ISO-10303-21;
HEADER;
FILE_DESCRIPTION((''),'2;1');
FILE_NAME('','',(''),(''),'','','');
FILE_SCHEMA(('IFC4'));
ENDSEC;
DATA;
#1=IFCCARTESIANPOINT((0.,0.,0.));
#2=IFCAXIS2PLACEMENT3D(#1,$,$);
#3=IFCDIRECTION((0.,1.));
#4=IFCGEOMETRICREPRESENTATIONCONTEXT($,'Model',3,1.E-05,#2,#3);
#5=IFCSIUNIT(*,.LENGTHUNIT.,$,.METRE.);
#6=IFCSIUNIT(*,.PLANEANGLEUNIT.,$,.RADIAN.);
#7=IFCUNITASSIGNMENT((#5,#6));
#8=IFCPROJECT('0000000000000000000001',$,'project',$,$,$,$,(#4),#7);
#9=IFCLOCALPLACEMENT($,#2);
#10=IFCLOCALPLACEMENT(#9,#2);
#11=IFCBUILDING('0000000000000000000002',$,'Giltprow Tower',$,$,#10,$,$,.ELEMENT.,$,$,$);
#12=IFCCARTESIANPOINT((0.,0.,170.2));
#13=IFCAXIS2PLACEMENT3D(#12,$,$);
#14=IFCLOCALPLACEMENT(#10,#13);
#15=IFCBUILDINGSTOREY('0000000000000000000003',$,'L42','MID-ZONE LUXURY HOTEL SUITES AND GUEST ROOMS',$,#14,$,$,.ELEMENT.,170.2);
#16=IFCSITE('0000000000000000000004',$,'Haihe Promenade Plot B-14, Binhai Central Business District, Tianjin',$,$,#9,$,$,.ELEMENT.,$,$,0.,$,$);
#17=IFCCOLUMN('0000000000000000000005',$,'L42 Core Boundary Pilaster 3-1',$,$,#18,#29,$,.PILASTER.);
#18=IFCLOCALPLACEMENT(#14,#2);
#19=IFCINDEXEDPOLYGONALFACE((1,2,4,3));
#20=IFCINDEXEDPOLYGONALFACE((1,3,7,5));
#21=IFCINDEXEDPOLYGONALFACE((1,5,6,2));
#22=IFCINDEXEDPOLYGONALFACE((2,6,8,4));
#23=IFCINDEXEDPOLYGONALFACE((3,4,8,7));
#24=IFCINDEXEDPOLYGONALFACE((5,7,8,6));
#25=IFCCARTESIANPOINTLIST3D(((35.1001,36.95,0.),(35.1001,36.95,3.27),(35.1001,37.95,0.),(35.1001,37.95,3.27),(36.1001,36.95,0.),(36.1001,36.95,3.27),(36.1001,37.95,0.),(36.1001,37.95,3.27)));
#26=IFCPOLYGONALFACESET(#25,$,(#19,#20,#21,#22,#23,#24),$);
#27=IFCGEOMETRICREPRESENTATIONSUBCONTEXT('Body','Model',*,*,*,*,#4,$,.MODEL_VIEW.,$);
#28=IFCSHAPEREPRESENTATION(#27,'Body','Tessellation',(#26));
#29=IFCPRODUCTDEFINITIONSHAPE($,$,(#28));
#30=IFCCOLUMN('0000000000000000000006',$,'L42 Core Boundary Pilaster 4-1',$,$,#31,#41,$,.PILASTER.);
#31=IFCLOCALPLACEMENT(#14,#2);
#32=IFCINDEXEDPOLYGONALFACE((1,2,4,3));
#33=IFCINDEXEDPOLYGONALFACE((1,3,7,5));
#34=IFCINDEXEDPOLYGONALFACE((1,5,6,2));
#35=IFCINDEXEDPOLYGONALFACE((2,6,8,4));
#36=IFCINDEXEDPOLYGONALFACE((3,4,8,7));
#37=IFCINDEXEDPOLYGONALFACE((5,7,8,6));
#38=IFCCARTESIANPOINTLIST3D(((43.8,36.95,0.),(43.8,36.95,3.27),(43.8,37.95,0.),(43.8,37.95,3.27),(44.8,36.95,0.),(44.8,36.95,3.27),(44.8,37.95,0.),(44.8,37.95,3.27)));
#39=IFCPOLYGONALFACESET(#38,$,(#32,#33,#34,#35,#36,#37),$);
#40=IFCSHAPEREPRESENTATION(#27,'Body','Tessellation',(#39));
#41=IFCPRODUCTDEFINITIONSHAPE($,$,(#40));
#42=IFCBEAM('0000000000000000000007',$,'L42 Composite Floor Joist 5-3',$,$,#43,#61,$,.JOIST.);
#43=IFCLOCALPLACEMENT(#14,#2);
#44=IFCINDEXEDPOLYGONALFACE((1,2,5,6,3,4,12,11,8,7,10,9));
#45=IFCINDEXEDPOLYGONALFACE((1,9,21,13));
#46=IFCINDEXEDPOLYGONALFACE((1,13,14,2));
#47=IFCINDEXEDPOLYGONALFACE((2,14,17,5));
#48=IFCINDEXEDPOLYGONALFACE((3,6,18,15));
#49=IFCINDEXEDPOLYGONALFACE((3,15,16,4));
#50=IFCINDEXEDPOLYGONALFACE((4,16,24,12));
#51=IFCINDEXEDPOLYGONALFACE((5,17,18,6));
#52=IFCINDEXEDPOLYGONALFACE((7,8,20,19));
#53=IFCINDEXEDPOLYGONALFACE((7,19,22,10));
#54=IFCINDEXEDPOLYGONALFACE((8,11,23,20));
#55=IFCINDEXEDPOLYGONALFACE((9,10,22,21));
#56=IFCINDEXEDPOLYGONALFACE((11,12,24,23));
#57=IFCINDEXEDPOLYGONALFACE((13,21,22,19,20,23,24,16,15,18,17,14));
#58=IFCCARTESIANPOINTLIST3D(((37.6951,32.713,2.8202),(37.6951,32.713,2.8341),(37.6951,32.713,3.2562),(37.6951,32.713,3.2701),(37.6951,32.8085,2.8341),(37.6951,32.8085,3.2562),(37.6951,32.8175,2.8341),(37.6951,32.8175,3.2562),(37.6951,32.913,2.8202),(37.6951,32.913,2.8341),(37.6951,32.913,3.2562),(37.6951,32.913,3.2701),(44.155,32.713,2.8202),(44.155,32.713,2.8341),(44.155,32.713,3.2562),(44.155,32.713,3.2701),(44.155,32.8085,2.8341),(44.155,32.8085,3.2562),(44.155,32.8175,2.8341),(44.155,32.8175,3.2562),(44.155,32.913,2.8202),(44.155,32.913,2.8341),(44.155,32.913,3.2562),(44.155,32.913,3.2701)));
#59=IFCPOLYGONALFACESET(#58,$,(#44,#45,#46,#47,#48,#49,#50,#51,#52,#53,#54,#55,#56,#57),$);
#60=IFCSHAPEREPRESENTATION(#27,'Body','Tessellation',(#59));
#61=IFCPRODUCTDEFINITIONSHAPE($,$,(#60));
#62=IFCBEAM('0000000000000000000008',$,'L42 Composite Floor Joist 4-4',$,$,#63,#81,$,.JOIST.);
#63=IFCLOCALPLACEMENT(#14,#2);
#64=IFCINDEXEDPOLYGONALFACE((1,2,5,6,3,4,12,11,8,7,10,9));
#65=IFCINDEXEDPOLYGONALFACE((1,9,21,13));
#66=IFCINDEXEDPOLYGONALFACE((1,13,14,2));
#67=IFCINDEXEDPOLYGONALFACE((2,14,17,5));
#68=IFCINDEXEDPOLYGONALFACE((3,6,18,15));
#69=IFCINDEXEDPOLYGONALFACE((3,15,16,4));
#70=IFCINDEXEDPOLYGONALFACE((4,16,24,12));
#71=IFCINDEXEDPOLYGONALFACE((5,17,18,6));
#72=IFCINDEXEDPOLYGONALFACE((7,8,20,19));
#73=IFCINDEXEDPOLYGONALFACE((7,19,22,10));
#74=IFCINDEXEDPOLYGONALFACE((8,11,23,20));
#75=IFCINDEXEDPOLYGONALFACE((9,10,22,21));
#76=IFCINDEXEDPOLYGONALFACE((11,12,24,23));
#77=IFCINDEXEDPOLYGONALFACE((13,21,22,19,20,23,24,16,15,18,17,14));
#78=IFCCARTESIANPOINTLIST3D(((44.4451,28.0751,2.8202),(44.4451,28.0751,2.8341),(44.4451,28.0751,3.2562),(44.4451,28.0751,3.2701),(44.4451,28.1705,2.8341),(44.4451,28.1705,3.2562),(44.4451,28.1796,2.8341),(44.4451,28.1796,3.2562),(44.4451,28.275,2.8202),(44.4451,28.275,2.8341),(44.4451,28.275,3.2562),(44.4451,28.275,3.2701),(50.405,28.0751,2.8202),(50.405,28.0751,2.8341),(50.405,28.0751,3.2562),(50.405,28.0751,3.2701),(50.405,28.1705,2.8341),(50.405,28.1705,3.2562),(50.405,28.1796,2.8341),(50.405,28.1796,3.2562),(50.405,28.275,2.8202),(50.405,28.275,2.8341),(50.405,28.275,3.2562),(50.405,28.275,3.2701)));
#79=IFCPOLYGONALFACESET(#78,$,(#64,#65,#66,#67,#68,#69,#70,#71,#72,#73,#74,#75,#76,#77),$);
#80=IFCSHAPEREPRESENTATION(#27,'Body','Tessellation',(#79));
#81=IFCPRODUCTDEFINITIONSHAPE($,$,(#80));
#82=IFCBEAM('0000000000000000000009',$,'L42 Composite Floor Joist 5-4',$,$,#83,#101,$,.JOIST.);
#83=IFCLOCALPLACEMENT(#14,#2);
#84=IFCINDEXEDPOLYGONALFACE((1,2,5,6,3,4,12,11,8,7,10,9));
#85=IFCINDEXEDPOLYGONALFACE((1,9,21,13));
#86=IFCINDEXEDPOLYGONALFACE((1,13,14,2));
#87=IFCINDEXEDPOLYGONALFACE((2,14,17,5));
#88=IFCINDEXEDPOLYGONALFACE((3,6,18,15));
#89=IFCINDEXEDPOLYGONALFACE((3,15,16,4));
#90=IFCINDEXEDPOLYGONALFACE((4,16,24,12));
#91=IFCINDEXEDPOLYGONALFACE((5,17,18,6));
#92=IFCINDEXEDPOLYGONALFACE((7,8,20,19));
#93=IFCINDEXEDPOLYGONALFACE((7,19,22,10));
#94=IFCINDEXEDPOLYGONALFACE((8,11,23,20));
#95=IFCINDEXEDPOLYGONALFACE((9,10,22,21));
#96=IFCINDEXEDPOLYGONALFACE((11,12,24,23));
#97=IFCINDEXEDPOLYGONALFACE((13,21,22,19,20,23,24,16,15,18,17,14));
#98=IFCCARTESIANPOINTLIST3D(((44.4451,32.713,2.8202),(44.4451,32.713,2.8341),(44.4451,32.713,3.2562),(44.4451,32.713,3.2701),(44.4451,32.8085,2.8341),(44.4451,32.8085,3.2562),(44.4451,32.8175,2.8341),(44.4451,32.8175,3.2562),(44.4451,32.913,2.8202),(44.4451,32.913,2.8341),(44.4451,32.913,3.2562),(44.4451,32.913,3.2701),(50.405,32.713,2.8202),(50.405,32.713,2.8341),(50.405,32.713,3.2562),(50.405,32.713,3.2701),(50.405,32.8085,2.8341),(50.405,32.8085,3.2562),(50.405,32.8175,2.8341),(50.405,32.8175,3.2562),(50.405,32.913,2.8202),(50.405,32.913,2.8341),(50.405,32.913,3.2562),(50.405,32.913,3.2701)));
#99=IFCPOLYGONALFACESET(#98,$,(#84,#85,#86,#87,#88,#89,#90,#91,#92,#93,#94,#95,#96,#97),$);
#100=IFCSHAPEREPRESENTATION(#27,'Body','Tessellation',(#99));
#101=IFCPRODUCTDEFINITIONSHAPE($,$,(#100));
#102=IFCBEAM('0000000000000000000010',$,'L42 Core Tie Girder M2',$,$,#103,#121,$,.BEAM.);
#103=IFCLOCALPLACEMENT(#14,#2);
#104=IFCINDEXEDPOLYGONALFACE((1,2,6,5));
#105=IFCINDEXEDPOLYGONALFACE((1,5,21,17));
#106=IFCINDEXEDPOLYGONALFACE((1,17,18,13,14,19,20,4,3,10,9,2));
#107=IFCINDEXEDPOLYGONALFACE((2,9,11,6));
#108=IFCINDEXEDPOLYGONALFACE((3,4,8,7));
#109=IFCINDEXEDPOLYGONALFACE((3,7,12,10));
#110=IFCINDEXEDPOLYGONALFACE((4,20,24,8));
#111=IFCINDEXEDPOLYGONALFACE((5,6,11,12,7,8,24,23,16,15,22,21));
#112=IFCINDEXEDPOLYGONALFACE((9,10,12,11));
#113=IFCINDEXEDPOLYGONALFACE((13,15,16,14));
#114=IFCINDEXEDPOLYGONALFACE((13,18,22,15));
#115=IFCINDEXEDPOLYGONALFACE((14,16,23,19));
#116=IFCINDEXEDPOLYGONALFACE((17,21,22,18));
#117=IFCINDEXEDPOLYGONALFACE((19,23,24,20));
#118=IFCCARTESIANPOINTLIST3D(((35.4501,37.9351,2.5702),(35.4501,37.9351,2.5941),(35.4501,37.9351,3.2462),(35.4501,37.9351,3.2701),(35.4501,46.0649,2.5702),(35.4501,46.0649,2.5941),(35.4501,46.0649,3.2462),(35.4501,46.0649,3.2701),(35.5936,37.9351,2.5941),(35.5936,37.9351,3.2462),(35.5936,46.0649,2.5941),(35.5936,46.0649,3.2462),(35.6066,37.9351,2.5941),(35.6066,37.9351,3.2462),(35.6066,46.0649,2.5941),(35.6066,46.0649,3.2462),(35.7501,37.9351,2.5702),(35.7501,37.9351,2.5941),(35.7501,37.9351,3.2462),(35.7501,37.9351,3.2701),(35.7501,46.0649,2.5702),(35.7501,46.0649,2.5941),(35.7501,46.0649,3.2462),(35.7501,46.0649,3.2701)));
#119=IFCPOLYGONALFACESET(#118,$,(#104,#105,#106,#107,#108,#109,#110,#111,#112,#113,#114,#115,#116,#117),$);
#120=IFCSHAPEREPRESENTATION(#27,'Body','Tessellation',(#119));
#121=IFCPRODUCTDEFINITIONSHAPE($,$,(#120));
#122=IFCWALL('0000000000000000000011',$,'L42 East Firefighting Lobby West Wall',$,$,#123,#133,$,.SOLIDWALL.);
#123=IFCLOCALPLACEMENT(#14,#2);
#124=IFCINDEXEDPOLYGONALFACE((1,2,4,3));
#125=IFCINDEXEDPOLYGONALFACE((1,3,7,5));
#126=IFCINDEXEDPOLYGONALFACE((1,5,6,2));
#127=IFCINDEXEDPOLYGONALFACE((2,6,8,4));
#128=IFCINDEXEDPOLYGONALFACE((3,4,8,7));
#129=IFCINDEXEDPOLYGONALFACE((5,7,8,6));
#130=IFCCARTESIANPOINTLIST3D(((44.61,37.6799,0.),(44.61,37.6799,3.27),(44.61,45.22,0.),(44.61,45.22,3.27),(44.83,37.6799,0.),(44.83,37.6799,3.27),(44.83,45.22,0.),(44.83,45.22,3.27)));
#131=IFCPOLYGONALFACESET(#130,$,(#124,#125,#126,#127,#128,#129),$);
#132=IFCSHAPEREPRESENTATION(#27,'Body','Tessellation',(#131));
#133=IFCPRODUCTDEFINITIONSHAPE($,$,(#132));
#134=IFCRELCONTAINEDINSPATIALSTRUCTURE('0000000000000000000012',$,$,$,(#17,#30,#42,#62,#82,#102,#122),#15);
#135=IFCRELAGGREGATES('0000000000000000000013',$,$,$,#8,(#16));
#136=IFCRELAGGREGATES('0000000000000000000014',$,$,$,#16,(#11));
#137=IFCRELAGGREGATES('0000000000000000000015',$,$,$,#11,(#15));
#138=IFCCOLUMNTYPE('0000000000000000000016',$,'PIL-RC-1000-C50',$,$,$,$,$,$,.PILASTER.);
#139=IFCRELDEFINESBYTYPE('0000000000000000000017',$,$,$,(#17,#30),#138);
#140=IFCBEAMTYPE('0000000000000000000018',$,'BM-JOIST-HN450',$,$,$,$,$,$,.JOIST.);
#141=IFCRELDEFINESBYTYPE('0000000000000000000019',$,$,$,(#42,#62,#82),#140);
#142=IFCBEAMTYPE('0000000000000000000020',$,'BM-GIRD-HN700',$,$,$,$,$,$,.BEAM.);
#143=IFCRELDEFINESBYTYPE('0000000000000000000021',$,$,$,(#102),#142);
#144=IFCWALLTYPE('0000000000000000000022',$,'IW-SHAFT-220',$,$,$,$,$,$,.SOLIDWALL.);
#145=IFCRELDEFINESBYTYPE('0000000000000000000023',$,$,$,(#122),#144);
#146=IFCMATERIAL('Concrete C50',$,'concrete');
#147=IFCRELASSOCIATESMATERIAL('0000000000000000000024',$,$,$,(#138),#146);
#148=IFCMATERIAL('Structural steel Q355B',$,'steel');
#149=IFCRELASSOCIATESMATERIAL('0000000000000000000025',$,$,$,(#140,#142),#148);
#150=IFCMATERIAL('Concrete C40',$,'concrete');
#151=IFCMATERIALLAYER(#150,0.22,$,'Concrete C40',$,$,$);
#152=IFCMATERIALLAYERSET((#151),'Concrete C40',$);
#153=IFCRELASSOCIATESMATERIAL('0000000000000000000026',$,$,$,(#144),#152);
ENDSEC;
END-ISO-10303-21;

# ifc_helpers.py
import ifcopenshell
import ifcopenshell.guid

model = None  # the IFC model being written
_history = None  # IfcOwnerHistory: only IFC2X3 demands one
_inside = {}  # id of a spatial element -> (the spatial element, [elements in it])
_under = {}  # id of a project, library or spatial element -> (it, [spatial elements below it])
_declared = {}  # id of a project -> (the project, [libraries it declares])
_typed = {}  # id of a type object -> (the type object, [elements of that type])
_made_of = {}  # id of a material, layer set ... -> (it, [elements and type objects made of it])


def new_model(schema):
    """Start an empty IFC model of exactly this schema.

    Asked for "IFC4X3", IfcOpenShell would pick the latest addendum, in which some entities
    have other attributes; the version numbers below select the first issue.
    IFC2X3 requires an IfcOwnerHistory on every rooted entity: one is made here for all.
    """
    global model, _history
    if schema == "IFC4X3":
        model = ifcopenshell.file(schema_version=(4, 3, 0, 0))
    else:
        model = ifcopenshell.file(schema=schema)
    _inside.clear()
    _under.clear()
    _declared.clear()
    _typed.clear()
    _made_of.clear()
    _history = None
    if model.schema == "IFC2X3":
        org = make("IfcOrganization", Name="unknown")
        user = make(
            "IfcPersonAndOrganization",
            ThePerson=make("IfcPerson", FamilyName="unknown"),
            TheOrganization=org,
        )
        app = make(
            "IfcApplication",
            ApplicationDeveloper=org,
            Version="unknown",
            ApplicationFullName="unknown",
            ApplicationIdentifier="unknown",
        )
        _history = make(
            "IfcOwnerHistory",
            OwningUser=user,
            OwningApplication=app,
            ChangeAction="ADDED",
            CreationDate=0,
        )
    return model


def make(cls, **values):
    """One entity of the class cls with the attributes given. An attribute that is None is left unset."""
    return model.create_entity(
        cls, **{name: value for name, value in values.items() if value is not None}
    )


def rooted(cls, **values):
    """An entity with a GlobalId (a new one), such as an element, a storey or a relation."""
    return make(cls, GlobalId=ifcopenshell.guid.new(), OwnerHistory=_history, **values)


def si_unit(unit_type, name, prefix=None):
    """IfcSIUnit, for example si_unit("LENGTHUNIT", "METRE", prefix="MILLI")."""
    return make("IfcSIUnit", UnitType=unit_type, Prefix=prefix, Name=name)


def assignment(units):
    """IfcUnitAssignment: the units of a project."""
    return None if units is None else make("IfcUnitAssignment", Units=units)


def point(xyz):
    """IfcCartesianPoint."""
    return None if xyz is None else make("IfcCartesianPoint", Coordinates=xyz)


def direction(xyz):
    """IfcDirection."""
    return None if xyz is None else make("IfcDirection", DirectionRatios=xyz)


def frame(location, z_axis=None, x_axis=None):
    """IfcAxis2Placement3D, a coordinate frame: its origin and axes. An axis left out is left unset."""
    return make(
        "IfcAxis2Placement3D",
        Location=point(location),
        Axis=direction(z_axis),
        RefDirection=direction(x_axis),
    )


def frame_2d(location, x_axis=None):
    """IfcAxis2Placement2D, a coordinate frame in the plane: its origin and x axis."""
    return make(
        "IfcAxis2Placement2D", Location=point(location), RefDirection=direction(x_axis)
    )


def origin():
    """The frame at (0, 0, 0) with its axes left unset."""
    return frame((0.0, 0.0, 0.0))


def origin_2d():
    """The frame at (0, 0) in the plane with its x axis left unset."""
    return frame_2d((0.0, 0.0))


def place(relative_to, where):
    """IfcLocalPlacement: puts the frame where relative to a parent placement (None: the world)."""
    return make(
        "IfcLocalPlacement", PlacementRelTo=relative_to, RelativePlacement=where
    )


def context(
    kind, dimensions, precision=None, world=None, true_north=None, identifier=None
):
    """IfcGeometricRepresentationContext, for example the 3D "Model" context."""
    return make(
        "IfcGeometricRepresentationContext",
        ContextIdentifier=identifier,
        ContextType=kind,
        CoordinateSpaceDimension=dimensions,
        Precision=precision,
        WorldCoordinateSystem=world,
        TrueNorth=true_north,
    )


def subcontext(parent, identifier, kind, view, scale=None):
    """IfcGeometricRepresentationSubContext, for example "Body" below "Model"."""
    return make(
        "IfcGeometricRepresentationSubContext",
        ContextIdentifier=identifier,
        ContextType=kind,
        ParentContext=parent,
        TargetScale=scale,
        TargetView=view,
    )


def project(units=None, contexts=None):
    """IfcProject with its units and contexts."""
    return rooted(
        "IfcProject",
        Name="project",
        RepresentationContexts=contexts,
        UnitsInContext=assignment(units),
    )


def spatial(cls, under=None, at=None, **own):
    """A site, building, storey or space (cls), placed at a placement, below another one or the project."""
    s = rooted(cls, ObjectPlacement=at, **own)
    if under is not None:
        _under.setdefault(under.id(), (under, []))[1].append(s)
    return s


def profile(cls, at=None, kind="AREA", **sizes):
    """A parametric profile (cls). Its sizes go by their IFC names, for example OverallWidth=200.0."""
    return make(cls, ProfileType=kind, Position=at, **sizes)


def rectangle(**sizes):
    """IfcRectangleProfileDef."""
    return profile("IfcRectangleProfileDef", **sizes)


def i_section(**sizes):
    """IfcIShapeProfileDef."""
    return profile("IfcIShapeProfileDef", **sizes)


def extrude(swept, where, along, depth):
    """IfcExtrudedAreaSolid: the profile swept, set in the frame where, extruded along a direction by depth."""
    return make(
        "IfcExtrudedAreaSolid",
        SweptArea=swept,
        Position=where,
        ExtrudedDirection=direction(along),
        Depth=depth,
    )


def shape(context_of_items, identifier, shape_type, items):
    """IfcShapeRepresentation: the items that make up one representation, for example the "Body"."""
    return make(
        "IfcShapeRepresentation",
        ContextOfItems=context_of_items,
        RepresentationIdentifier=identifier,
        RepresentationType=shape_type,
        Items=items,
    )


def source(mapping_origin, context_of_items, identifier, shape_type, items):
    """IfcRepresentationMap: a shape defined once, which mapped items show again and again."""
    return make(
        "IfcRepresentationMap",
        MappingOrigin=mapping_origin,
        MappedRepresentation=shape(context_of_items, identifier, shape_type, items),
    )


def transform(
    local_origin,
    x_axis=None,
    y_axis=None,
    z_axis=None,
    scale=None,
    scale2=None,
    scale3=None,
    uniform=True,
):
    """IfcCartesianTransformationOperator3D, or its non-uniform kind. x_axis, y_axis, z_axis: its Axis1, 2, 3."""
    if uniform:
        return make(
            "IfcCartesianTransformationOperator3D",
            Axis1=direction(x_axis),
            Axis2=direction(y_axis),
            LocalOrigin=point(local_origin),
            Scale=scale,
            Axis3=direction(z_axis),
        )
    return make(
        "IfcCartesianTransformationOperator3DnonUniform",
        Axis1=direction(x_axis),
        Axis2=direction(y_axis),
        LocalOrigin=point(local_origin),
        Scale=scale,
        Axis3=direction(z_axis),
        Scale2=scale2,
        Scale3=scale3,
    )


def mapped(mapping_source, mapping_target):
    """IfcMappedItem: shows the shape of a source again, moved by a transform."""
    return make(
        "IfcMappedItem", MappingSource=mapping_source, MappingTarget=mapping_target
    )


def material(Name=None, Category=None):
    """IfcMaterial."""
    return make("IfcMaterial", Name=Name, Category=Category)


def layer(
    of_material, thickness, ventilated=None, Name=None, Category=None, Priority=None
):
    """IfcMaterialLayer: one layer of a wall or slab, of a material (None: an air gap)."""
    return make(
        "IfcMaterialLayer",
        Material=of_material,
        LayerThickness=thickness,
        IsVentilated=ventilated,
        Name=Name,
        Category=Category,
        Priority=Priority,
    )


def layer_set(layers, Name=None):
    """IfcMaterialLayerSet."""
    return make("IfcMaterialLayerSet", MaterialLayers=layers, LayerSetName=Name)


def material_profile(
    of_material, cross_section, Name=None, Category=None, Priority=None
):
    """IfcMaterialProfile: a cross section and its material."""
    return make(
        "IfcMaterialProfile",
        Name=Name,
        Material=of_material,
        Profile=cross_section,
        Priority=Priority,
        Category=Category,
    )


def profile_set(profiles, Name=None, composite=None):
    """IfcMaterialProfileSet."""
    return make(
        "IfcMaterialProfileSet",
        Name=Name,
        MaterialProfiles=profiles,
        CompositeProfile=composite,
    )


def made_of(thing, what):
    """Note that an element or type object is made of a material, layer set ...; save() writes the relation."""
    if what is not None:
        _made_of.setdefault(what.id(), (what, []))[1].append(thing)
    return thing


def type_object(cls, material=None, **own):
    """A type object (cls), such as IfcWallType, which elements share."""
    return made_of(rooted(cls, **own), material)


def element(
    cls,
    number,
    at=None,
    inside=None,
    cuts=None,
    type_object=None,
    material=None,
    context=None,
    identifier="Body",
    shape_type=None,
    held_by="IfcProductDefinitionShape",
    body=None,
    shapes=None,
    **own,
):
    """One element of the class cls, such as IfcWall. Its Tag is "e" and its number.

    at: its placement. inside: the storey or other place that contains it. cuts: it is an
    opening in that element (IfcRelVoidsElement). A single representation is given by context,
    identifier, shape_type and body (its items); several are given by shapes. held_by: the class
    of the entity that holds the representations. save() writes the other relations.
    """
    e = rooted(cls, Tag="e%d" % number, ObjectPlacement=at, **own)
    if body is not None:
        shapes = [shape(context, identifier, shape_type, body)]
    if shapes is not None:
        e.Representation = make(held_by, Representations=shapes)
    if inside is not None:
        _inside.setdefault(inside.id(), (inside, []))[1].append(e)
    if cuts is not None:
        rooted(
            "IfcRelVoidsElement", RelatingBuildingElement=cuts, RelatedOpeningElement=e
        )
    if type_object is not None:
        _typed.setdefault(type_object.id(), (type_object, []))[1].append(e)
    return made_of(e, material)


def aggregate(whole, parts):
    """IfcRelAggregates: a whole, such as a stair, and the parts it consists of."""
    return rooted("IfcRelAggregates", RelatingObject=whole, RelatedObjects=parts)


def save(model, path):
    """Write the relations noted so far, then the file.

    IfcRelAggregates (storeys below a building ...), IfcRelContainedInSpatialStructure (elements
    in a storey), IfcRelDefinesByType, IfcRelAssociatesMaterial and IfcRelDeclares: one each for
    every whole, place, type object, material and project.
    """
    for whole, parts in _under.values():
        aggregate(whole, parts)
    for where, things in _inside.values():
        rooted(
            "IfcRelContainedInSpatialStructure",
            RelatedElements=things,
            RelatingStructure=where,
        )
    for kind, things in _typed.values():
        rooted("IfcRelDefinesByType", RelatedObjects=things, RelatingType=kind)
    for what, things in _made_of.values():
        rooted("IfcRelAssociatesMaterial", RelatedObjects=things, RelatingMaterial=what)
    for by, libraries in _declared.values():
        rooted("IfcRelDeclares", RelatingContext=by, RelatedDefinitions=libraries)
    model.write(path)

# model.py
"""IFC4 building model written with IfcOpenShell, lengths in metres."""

from ifc_helpers import new_model, si_unit, direction, frame, frame_2d, origin, origin_2d, place, context, subcontext, project, spatial, rectangle, i_section, extrude, source, transform, mapped, material, layer, layer_set, material_profile, profile_set, type_object, element, save


model = new_model("IFC4")

# Units and contexts
model_context = context("Model", 3, precision=1e-05, world=origin(), true_north=direction((0.0, 1.0)))
body_context = subcontext(model_context, "Body", "Model", "MODEL_VIEW")
ifc_project = project(units=[si_unit("LENGTHUNIT", "METRE"), si_unit("PLANEANGLEUNIT", "RADIAN")], contexts=[model_context])

# Site, building, storey
site_placement = place(None, origin())
site = spatial("IfcSite", under=ifc_project, at=site_placement, Name="Haihe Promenade Plot B-14, Binhai Central Business District, Tianjin", CompositionType="ELEMENT", RefElevation=0.0)
building_placement = place(site_placement, origin())
building = spatial("IfcBuilding", under=site, at=building_placement, Name="Giltprow Tower", CompositionType="ELEMENT")
storey_placement = place(building_placement, frame((0.0, 0.0, 170.2)))
storey = spatial("IfcBuildingStorey", under=building, at=storey_placement, Name="L42", Description="MID-ZONE LUXURY HOTEL SUITES AND GUEST ROOMS", CompositionType="ELEMENT", Elevation=170.2)

# Columns
ifc_material_1 = material(Name="Concrete C50", Category="concrete")
ifc_material_profile_1 = material_profile(ifc_material_1, rectangle(XDim=1.0, YDim=1.0, at=origin_2d()), Name="RC 1000x1000")
ifc_profile_set_1 = profile_set([ifc_material_profile_1], Name="Concrete C50")
column_type = type_object("IfcColumnType", Name="PIL-RC-1000-C50", PredefinedType="PILASTER", material=ifc_profile_set_1)
shared_shape_1 = source(origin(), body_context, "Body", "SweptSolid", [
    extrude(rectangle(XDim=1.0, YDim=1.0, at=origin_2d()), origin(), (0.0, 0.0, 1.0), 3.27),
])
for number, where, z_axis, x_axis, name in (
    (1, (35.6001, 37.45, 0.0), (0.0, 0.0, 1.0), (1.0, 0.0, 0.0), "L42 Core Boundary Pilaster 3-1"),
    (2, (44.3, 37.45, 0.0), (0.0, 0.0, 1.0), (1.0, 0.0, 0.0), "L42 Core Boundary Pilaster 4-1"),
):
    element("IfcColumn", number, at=place(storey_placement, frame(where, z_axis=z_axis, x_axis=x_axis)), inside=storey, type_object=column_type, Name=name, PredefinedType="PILASTER", context=body_context, shape_type="MappedRepresentation", body=[
        mapped(shared_shape_1, transform((0.0, 0.0, 0.0), x_axis=(1.0, 0.0, 0.0), y_axis=(0.0, 1.0, 0.0), z_axis=(0.0, 0.0, 1.0), scale=1.0)),
    ])

# Beams
ifc_material_2 = material(Name="Structural steel Q355B", Category="steel")
ifc_material_profile_2 = material_profile(ifc_material_2, i_section(OverallWidth=0.2, OverallDepth=0.45, WebThickness=0.009, FlangeThickness=0.0139, at=origin_2d()), Name="HN 450x200x9x14")
ifc_profile_set_2 = profile_set([ifc_material_profile_2], Name="Structural steel Q355B")
beam_type_1 = type_object("IfcBeamType", Name="BM-JOIST-HN450", PredefinedType="JOIST", material=ifc_profile_set_2)
shared_shape_2 = source(origin(), body_context, "Body", "SweptSolid", [
    extrude(i_section(OverallWidth=0.2, OverallDepth=0.45, WebThickness=0.009, FlangeThickness=0.0139, at=origin_2d()), origin(), (0.0, 0.0, 1.0), 6.46),
])
beam_1_placement = place(storey_placement, frame((37.6951, 32.813, 3.0452), z_axis=(1.0, 0.0, 0.0), x_axis=(0.0, 1.0, 0.0)))
element("IfcBeam", 3, at=beam_1_placement, inside=storey, type_object=beam_type_1, Name="L42 Composite Floor Joist 5-3", PredefinedType="JOIST", context=body_context, shape_type="MappedRepresentation", body=[
    mapped(shared_shape_2, transform((0.0, 0.0, 0.0), x_axis=(1.0, 0.0, 0.0), y_axis=(0.0, 1.0, 0.0), z_axis=(0.0, 0.0, 1.0), scale=1.0)),
])
shared_shape_3 = source(origin(), body_context, "Body", "SweptSolid", [
    extrude(i_section(OverallWidth=0.2, OverallDepth=0.45, WebThickness=0.009, FlangeThickness=0.0139, at=origin_2d()), origin(), (0.0, 0.0, 1.0), 5.96),
])
for number, where, z_axis, x_axis, name in (
    (4, (44.4451, 28.175, 3.0452), (1.0, 0.0, 0.0), (0.0, 1.0, 0.0), "L42 Composite Floor Joist 4-4"),
    (5, (44.4451, 32.813, 3.0452), (1.0, 0.0, 0.0), (0.0, 1.0, 0.0), "L42 Composite Floor Joist 5-4"),
):
    element("IfcBeam", number, at=place(storey_placement, frame(where, z_axis=z_axis, x_axis=x_axis)), inside=storey, type_object=beam_type_1, Name=name, PredefinedType="JOIST", context=body_context, shape_type="MappedRepresentation", body=[
        mapped(shared_shape_3, transform((0.0, 0.0, 0.0), x_axis=(1.0, 0.0, 0.0), y_axis=(0.0, 1.0, 0.0), z_axis=(0.0, 0.0, 1.0), scale=1.0)),
    ])
ifc_material_profile_3 = material_profile(ifc_material_2, i_section(OverallWidth=0.3, OverallDepth=0.7, WebThickness=0.0129, FlangeThickness=0.0239, at=origin_2d()), Name="HN 700x300x13x24")
ifc_profile_set_3 = profile_set([ifc_material_profile_3], Name="Structural steel Q355B")
beam_type_2 = type_object("IfcBeamType", Name="BM-GIRD-HN700", PredefinedType="BEAM", material=ifc_profile_set_3)
shared_shape_4 = source(origin(), body_context, "Body", "SweptSolid", [
    extrude(i_section(OverallWidth=0.3, OverallDepth=0.7, WebThickness=0.0129, FlangeThickness=0.0239, at=origin_2d()), origin(), (0.0, 0.0, 1.0), 8.1299),
])
beam_2_placement = place(storey_placement, frame((35.6001, 37.9351, 2.9202), z_axis=(0.0, 1.0, 0.0), x_axis=(-1.0, 0.0, 0.0)))
element("IfcBeam", 6, at=beam_2_placement, inside=storey, type_object=beam_type_2, Name="L42 Core Tie Girder M2", PredefinedType="BEAM", context=body_context, shape_type="MappedRepresentation", body=[
    mapped(shared_shape_4, transform((0.0, 0.0, 0.0), x_axis=(1.0, 0.0, 0.0), y_axis=(0.0, 1.0, 0.0), z_axis=(0.0, 0.0, 1.0), scale=1.0)),
])

# Wall
ifc_material_3 = material(Name="Concrete C40", Category="concrete")
ifc_layer_1 = layer(ifc_material_3, 0.22, Name="Concrete C40")
ifc_layer_set_1 = layer_set([ifc_layer_1], Name="Concrete C40")
wall_type_1 = type_object("IfcWallType", Name="IW-SHAFT-220", PredefinedType="SOLIDWALL", material=ifc_layer_set_1)
wall_1_placement = place(storey_placement, frame((44.72, 37.6799, 0.0), z_axis=(0.0, 0.0, 1.0), x_axis=(0.0, 1.0, 0.0)))
element("IfcWall", 7, at=wall_1_placement, inside=storey, type_object=wall_type_1, Name="L42 East Firefighting Lobby West Wall", PredefinedType="SOLIDWALL", context=body_context, shape_type="SweptSolid", body=[
    extrude(rectangle(XDim=7.54, YDim=0.22, at=frame_2d((3.77, 0.0))), origin(), (0.0, 0.0, 1.0), 3.27),
])

save(model, "model.ifc")
